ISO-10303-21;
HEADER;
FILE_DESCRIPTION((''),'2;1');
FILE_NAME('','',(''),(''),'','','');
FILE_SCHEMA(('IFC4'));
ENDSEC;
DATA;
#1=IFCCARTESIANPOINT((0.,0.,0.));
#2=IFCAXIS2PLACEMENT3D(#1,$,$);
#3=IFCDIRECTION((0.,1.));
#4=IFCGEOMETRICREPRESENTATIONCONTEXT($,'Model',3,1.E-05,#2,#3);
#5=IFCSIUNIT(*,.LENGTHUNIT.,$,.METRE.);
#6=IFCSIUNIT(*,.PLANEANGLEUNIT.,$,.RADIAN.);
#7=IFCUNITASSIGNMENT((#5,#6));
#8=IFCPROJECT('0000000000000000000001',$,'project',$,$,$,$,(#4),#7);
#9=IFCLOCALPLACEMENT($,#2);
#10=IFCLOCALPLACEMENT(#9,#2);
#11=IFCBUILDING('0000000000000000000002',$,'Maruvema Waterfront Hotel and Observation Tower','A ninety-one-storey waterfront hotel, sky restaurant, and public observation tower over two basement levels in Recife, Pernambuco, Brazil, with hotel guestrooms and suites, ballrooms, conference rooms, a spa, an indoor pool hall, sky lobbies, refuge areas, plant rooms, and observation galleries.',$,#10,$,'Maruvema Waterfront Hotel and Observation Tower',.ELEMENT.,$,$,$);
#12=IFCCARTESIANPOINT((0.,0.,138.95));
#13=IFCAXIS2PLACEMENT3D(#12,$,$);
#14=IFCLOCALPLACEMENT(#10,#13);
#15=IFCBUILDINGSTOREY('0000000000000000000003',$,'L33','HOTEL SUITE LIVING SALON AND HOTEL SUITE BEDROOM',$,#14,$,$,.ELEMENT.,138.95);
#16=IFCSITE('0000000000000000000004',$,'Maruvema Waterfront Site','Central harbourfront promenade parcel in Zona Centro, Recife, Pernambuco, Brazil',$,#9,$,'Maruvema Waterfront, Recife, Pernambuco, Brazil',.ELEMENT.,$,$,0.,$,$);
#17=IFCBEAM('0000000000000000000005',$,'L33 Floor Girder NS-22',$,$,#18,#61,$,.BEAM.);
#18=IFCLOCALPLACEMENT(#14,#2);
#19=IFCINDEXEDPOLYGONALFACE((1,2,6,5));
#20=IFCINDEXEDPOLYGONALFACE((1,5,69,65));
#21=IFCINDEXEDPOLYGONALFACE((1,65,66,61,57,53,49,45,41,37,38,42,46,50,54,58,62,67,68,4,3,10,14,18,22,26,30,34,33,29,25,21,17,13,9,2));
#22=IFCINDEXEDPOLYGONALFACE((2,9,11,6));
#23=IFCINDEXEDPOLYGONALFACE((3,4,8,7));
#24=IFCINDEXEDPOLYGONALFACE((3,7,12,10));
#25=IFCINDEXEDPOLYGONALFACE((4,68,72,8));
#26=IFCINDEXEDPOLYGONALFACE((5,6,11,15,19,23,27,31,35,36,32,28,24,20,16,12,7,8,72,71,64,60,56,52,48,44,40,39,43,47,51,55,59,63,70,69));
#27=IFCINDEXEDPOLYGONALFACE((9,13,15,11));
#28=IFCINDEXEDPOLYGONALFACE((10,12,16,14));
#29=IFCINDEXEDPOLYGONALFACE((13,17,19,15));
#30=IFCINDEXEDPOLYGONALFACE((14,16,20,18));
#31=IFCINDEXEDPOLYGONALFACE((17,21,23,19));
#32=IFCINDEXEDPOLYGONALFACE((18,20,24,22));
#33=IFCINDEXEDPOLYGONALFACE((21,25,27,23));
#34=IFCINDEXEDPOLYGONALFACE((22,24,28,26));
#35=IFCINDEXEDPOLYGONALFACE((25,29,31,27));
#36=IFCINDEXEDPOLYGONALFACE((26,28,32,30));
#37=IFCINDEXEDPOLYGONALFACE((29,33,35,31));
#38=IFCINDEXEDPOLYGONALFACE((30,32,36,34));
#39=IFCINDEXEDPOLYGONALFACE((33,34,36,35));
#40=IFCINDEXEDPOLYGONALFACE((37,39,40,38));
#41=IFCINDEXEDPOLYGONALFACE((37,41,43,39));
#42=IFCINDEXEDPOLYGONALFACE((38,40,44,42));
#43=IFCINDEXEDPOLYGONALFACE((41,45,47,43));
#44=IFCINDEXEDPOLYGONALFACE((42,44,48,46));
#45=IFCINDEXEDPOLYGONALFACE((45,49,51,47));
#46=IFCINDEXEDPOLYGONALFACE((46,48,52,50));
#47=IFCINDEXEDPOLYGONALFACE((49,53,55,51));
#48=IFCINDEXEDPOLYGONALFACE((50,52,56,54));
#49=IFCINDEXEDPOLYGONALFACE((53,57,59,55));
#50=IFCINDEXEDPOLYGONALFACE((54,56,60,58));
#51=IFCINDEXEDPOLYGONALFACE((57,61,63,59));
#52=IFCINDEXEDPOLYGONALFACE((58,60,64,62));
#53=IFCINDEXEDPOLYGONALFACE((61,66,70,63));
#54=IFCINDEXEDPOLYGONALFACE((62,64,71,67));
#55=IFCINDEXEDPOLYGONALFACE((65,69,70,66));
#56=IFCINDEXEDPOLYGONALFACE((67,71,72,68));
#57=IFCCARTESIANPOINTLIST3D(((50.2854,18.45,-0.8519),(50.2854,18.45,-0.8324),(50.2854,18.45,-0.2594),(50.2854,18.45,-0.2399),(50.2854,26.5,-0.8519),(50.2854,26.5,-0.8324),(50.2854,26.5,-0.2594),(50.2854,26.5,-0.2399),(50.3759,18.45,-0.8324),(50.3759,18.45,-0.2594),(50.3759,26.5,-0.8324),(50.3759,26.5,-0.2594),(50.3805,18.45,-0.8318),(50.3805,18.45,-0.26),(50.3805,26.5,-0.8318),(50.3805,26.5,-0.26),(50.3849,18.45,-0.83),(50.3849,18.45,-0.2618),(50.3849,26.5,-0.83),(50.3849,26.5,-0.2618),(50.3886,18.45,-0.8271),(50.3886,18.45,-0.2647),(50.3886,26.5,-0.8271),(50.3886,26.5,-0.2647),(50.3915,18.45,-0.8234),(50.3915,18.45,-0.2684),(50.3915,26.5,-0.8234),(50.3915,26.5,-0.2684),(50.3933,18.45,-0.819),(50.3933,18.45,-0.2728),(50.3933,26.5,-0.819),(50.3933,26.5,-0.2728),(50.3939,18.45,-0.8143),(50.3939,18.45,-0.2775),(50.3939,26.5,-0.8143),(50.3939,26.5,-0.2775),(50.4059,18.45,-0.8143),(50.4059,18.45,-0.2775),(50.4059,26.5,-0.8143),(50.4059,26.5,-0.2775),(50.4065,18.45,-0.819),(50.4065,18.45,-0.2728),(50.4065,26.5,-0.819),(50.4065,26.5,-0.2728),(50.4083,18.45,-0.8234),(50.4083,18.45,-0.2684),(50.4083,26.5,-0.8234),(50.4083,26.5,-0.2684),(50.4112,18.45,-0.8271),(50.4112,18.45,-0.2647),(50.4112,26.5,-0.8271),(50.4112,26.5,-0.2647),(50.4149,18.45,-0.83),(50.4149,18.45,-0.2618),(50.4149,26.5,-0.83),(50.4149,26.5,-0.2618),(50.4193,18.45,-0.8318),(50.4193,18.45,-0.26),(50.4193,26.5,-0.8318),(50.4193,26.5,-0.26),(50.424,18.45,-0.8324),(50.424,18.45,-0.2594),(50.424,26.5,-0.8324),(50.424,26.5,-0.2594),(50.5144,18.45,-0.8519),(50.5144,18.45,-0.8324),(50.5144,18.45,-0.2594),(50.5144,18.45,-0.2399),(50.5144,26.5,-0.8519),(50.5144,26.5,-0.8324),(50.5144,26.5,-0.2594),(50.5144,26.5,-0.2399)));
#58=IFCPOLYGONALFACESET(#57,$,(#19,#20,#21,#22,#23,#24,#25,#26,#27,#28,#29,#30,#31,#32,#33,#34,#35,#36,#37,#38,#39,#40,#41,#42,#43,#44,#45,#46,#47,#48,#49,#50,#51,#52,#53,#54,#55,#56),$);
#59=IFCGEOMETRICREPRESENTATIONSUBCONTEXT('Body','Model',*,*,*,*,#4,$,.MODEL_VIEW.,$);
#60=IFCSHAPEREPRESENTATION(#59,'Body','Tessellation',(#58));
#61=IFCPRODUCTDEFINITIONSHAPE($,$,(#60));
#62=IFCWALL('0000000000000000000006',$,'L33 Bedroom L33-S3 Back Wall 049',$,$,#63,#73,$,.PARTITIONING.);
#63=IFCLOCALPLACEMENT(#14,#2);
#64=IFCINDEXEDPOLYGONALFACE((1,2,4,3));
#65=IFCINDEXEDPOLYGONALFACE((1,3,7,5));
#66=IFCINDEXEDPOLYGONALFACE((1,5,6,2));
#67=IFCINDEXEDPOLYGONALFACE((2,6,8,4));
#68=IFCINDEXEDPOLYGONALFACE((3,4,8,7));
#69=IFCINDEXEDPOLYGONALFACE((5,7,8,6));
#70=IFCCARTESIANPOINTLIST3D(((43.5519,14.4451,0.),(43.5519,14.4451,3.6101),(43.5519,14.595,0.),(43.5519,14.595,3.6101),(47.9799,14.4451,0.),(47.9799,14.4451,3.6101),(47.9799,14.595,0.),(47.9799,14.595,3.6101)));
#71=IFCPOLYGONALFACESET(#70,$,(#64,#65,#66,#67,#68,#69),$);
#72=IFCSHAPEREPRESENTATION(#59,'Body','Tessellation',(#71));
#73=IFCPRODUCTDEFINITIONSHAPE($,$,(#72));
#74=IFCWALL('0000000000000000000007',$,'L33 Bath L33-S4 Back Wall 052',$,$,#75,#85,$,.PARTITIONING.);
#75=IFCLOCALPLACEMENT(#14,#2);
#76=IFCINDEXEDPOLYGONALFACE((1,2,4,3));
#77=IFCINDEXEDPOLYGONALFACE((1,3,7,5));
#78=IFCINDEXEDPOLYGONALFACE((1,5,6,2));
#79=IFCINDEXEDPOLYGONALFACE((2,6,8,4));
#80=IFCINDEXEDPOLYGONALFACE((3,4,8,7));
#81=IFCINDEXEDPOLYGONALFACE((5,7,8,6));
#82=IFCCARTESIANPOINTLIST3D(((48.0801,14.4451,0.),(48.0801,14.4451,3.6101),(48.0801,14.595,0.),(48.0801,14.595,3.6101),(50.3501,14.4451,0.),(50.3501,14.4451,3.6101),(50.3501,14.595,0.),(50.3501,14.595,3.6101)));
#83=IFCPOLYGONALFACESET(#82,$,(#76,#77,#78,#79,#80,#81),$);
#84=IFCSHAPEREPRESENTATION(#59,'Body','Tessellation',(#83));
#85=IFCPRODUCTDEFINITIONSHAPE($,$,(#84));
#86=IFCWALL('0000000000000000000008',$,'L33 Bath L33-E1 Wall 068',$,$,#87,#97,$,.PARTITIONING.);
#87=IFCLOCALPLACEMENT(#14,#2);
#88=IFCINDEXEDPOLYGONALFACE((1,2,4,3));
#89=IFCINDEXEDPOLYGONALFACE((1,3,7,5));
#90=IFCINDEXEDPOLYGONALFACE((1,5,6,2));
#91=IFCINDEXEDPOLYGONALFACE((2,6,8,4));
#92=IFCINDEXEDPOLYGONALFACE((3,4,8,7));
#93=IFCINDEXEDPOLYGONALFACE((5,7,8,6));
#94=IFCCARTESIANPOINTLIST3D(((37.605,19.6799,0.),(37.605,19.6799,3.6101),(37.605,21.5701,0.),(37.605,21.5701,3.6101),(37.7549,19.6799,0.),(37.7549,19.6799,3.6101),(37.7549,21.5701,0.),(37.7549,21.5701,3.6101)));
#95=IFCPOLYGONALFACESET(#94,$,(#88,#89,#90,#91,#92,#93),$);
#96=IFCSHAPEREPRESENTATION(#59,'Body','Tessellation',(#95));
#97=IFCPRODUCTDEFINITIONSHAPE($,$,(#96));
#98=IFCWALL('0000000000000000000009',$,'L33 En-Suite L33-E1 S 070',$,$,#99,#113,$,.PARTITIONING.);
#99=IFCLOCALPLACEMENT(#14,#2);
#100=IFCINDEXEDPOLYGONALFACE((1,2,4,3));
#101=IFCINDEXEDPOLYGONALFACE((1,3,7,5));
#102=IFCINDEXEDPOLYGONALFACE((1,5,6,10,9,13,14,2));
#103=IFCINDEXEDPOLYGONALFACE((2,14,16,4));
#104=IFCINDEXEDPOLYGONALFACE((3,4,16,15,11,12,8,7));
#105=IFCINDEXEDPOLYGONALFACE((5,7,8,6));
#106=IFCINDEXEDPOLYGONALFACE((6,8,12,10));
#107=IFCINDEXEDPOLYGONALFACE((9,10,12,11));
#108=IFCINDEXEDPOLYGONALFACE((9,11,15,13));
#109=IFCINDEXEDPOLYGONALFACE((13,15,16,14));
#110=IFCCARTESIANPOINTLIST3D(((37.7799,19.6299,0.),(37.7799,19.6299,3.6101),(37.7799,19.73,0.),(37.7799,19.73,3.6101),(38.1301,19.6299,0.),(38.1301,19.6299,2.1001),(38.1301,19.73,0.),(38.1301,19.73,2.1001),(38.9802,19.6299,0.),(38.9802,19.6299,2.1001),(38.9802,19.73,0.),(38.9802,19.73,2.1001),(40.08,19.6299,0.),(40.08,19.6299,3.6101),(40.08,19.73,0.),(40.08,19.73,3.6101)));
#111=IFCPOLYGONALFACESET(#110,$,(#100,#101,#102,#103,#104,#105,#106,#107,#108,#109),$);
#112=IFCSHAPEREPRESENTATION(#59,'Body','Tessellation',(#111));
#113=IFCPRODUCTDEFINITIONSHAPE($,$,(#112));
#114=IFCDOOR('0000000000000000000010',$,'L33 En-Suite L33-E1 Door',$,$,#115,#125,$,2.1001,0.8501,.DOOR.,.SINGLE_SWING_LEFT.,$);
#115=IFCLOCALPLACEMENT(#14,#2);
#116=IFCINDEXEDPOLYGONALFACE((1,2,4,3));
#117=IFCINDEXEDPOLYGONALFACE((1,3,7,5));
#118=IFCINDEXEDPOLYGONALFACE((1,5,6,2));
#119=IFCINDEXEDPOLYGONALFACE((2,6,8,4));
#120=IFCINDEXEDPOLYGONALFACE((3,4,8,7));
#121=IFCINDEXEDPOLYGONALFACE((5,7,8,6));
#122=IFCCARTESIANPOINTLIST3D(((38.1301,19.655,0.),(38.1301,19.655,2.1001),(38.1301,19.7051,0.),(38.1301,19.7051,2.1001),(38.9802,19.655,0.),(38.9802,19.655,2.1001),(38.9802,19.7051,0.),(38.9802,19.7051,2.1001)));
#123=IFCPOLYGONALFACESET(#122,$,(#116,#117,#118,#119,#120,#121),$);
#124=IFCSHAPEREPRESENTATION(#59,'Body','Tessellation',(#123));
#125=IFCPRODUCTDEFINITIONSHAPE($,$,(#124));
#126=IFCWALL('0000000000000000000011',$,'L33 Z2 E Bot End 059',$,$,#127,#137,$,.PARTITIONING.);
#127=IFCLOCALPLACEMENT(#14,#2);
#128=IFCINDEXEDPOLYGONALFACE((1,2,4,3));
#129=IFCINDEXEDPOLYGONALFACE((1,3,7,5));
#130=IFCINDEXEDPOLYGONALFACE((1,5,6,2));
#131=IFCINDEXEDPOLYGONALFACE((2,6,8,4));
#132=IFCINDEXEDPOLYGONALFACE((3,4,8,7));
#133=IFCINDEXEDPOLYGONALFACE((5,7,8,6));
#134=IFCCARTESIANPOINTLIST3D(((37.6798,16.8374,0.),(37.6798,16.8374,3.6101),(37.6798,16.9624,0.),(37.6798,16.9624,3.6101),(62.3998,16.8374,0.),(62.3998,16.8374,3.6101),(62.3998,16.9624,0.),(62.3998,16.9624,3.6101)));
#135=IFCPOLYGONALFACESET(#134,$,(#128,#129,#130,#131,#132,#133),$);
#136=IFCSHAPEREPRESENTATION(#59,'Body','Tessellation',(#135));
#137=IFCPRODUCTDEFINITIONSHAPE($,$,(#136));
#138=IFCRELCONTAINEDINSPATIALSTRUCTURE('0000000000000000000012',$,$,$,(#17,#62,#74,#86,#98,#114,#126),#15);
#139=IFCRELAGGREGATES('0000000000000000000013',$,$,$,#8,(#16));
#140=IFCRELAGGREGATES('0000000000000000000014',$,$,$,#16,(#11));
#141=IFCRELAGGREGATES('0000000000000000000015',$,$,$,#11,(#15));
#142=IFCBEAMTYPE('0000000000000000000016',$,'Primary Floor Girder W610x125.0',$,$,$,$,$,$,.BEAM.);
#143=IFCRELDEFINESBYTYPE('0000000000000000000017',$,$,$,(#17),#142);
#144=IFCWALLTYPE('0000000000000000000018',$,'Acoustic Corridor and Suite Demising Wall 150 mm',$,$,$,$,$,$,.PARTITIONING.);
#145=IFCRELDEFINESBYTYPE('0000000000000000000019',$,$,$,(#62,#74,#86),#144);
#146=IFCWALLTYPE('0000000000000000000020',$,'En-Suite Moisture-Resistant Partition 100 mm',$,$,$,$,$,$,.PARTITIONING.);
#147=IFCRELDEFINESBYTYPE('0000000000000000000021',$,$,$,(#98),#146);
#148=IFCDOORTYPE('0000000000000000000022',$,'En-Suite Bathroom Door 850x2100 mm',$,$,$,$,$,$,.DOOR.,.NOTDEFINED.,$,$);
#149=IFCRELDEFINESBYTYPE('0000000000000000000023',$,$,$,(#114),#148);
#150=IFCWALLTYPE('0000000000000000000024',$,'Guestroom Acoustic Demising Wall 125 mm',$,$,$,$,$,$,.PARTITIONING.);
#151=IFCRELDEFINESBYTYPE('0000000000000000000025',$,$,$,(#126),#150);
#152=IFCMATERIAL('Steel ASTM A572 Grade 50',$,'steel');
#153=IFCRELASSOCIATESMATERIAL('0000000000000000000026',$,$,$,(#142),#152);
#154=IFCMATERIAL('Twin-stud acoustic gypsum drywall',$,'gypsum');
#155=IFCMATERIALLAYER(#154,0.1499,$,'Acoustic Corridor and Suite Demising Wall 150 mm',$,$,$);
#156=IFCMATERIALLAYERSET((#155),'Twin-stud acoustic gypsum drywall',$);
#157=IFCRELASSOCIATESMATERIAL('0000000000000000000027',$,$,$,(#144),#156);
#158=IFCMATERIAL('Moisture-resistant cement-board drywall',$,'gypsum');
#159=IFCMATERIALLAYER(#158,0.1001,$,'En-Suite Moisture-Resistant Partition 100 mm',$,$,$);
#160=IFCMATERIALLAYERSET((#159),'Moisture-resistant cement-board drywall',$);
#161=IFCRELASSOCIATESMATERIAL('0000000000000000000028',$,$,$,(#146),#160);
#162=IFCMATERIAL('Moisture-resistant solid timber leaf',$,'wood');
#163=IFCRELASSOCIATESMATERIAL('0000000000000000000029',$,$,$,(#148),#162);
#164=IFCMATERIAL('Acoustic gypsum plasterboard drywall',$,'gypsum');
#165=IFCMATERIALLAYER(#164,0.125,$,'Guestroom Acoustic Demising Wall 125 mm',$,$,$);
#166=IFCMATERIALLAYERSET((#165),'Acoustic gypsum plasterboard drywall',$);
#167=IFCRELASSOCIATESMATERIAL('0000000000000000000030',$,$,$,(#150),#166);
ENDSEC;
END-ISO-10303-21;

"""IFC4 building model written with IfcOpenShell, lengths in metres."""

from ifc_helpers import new_model, si_unit, direction, frame, frame_2d, origin, origin_2d, place, context, subcontext, project, spatial, rectangle, i_section, extrude, material, layer, layer_set, material_profile, profile_set, type_object, element, fill, save


model = new_model("IFC4")

# Units and contexts
model_context = context("Model", 3, precision=1e-05, world=origin(), true_north=direction((0.0, 1.0)))
body_context = subcontext(model_context, "Body", "Model", "MODEL_VIEW")
ifc_project = project(units=[si_unit("LENGTHUNIT", "METRE"), si_unit("PLANEANGLEUNIT", "RADIAN")], contexts=[model_context])

# Site, building, storey
site_placement = place(None, origin())
site = spatial("IfcSite", under=ifc_project, at=site_placement, Name="Maruvema Waterfront Site", Description="Central harbourfront promenade parcel in Zona Centro, Recife, Pernambuco, Brazil", LongName="Maruvema Waterfront, Recife, Pernambuco, Brazil", CompositionType="ELEMENT", RefElevation=0.0)
building_placement = place(site_placement, origin())
building = spatial("IfcBuilding", under=site, at=building_placement, Name="Maruvema Waterfront Hotel and Observation Tower", Description="A ninety-one-storey waterfront hotel, sky restaurant, and public observation tower over two basement levels in Recife, Pernambuco, Brazil, with hotel guestrooms and suites, ballrooms, conference rooms, a spa, an indoor pool hall, sky lobbies, refuge areas, plant rooms, and observation galleries.", LongName="Maruvema Waterfront Hotel and Observation Tower", CompositionType="ELEMENT")
storey_placement = place(building_placement, frame((0.0, 0.0, 138.95)))
storey = spatial("IfcBuildingStorey", under=building, at=storey_placement, Name="L33", Description="HOTEL SUITE LIVING SALON AND HOTEL SUITE BEDROOM", CompositionType="ELEMENT", Elevation=138.95)

# Beam
ifc_material_1 = material(Name="Steel ASTM A572 Grade 50", Category="steel")
ifc_material_profile_1 = material_profile(ifc_material_1, i_section(OverallWidth=0.229, OverallDepth=0.6121, WebThickness=0.012, FlangeThickness=0.0195, FilletRadius=0.0181, at=origin_2d()), Name="W610x125.0")
ifc_profile_set_1 = profile_set([ifc_material_profile_1], Name="Steel ASTM A572 Grade 50")
beam_type = type_object("IfcBeamType", Name="Primary Floor Girder W610x125.0", PredefinedType="BEAM", material=ifc_profile_set_1)
beam_1_placement = place(storey_placement, frame((50.3999, 18.45, -0.5459), z_axis=(0.0, 1.0, 0.0), x_axis=(-1.0, 0.0, 0.0)))
element("IfcBeam", 1, at=beam_1_placement, inside=storey, type_object=beam_type, Name="L33 Floor Girder NS-22", PredefinedType="BEAM", context=body_context, shape_type="SweptSolid", body=[
    extrude(i_section(OverallWidth=0.229, OverallDepth=0.6121, WebThickness=0.012, FlangeThickness=0.0195, FilletRadius=0.0181, at=origin_2d()), origin(), (0.0, 0.0, 1.0), 8.05),
])

# Walls
ifc_material_2 = material(Name="Twin-stud acoustic gypsum drywall", Category="gypsum")
ifc_layer_1 = layer(ifc_material_2, 0.1499, Name="Acoustic Corridor and Suite Demising Wall 150 mm")
ifc_layer_set_1 = layer_set([ifc_layer_1], Name="Twin-stud acoustic gypsum drywall")
wall_type_1 = type_object("IfcWallType", Name="Acoustic Corridor and Suite Demising Wall 150 mm", PredefinedType="PARTITIONING", material=ifc_layer_set_1)
wall_1_placement = place(storey_placement, frame((43.552, 14.52, 0.0), z_axis=(0.0, 0.0, 1.0), x_axis=(1.0, 0.0, 0.0)))
element("IfcWall", 2, at=wall_1_placement, inside=storey, type_object=wall_type_1, Name="L33 Bedroom L33-S3 Back Wall 049", PredefinedType="PARTITIONING", context=body_context, shape_type="SweptSolid", body=[
    extrude(rectangle(XDim=4.428, YDim=0.1499, at=frame_2d((2.2139, 0.0))), origin(), (0.0, 0.0, 1.0), 3.6101),
])
wall_2_placement = place(storey_placement, frame((48.0801, 14.52, 0.0), z_axis=(0.0, 0.0, 1.0), x_axis=(1.0, 0.0, 0.0)))
element("IfcWall", 3, at=wall_2_placement, inside=storey, type_object=wall_type_1, Name="L33 Bath L33-S4 Back Wall 052", PredefinedType="PARTITIONING", context=body_context, shape_type="SweptSolid", body=[
    extrude(rectangle(XDim=2.27, YDim=0.1499, at=frame_2d((1.135, 0.0))), origin(), (0.0, 0.0, 1.0), 3.6101),
])

# Wall
wall_3_placement = place(storey_placement, frame((37.6799, 19.6799, 0.0), z_axis=(0.0, 0.0, 1.0), x_axis=(0.0, 1.0, 0.0)))
element("IfcWall", 4, at=wall_3_placement, inside=storey, type_object=wall_type_1, Name="L33 Bath L33-E1 Wall 068", PredefinedType="PARTITIONING", context=body_context, shape_type="SweptSolid", body=[
    extrude(rectangle(XDim=1.8901, YDim=0.1499, at=frame_2d((0.9451, 0.0))), origin(), (0.0, 0.0, 1.0), 3.6101),
])

# Wall, opening, door
ifc_material_3 = material(Name="Moisture-resistant cement-board drywall", Category="gypsum")
ifc_layer_2 = layer(ifc_material_3, 0.1001, Name="En-Suite Moisture-Resistant Partition 100 mm")
ifc_layer_set_2 = layer_set([ifc_layer_2], Name="Moisture-resistant cement-board drywall")
wall_type_2 = type_object("IfcWallType", Name="En-Suite Moisture-Resistant Partition 100 mm", PredefinedType="PARTITIONING", material=ifc_layer_set_2)
wall_4_placement = place(storey_placement, frame((37.78, 19.6799, 0.0), z_axis=(0.0, 0.0, 1.0), x_axis=(1.0, 0.0, 0.0)))
wall_4 = element("IfcWall", 5, at=wall_4_placement, inside=storey, type_object=wall_type_2, Name="L33 En-Suite L33-E1 S 070", PredefinedType="PARTITIONING", context=body_context, shape_type="SweptSolid", body=[
    extrude(rectangle(XDim=2.3, YDim=0.1001, at=frame_2d((1.1499, 0.0))), origin(), (0.0, 0.0, 1.0), 3.6101),
])
opening_1_placement = place(wall_4_placement, frame((0.3501, 0.0, 0.0)))
opening_1 = element("IfcOpeningElement", 6, at=opening_1_placement, cuts=wall_4, PredefinedType="OPENING", context=body_context, shape_type="SweptSolid", body=[
    extrude(rectangle(XDim=0.8501, YDim=2.1001, at=frame_2d((0.425, 1.05))), frame((0.0, 0.0601, 0.0), z_axis=(0.0, -1.0, 0.0), x_axis=(1.0, 0.0, 0.0)), (0.0, 0.0, 1.0), 0.1201),
])
ifc_material_4 = material(Name="Moisture-resistant solid timber leaf", Category="wood")
door_type_1 = type_object("IfcDoorType", Name="En-Suite Bathroom Door 850x2100 mm", OperationType="NOTDEFINED", PredefinedType="DOOR", material=ifc_material_4)
door_1_placement = place(opening_1_placement, frame((0.8501, 0.0, 0.0), z_axis=(0.0, 0.0, 1.0), x_axis=(-1.0, 0.0, 0.0)))
door_1 = element("IfcDoor", 7, at=door_1_placement, inside=storey, type_object=door_type_1, Name="L33 En-Suite L33-E1 Door", OperationType="SINGLE_SWING_LEFT", OverallHeight=2.1001, OverallWidth=0.8501, PredefinedType="DOOR", context=body_context, shape_type="SweptSolid", body=[
    extrude(rectangle(XDim=0.8501, YDim=2.1001, at=frame_2d((0.425, 1.05))), frame((0.0, 0.0249, 0.0), z_axis=(0.0, -1.0, 0.0), x_axis=(1.0, 0.0, 0.0)), (0.0, 0.0, 1.0), 0.05),
])
fill(opening_1, door_1)

# Wall
ifc_material_5 = material(Name="Acoustic gypsum plasterboard drywall", Category="gypsum")
ifc_layer_3 = layer(ifc_material_5, 0.125, Name="Guestroom Acoustic Demising Wall 125 mm")
ifc_layer_set_3 = layer_set([ifc_layer_3], Name="Acoustic gypsum plasterboard drywall")
wall_type_3 = type_object("IfcWallType", Name="Guestroom Acoustic Demising Wall 125 mm", PredefinedType="PARTITIONING", material=ifc_layer_set_3)
wall_5_placement = place(storey_placement, frame((37.6799, 16.8999, 0.0), z_axis=(0.0, 0.0, 1.0), x_axis=(1.0, 0.0, 0.0)))
element("IfcWall", 8, at=wall_5_placement, inside=storey, type_object=wall_type_3, Name="L33 Z2 E Bot End 059", PredefinedType="PARTITIONING", context=body_context, shape_type="SweptSolid", body=[
    extrude(rectangle(XDim=24.72, YDim=0.125, at=frame_2d((12.3599, 0.0))), origin(), (0.0, 0.0, 1.0), 3.6101),
])

save(model, "model.ifc")
